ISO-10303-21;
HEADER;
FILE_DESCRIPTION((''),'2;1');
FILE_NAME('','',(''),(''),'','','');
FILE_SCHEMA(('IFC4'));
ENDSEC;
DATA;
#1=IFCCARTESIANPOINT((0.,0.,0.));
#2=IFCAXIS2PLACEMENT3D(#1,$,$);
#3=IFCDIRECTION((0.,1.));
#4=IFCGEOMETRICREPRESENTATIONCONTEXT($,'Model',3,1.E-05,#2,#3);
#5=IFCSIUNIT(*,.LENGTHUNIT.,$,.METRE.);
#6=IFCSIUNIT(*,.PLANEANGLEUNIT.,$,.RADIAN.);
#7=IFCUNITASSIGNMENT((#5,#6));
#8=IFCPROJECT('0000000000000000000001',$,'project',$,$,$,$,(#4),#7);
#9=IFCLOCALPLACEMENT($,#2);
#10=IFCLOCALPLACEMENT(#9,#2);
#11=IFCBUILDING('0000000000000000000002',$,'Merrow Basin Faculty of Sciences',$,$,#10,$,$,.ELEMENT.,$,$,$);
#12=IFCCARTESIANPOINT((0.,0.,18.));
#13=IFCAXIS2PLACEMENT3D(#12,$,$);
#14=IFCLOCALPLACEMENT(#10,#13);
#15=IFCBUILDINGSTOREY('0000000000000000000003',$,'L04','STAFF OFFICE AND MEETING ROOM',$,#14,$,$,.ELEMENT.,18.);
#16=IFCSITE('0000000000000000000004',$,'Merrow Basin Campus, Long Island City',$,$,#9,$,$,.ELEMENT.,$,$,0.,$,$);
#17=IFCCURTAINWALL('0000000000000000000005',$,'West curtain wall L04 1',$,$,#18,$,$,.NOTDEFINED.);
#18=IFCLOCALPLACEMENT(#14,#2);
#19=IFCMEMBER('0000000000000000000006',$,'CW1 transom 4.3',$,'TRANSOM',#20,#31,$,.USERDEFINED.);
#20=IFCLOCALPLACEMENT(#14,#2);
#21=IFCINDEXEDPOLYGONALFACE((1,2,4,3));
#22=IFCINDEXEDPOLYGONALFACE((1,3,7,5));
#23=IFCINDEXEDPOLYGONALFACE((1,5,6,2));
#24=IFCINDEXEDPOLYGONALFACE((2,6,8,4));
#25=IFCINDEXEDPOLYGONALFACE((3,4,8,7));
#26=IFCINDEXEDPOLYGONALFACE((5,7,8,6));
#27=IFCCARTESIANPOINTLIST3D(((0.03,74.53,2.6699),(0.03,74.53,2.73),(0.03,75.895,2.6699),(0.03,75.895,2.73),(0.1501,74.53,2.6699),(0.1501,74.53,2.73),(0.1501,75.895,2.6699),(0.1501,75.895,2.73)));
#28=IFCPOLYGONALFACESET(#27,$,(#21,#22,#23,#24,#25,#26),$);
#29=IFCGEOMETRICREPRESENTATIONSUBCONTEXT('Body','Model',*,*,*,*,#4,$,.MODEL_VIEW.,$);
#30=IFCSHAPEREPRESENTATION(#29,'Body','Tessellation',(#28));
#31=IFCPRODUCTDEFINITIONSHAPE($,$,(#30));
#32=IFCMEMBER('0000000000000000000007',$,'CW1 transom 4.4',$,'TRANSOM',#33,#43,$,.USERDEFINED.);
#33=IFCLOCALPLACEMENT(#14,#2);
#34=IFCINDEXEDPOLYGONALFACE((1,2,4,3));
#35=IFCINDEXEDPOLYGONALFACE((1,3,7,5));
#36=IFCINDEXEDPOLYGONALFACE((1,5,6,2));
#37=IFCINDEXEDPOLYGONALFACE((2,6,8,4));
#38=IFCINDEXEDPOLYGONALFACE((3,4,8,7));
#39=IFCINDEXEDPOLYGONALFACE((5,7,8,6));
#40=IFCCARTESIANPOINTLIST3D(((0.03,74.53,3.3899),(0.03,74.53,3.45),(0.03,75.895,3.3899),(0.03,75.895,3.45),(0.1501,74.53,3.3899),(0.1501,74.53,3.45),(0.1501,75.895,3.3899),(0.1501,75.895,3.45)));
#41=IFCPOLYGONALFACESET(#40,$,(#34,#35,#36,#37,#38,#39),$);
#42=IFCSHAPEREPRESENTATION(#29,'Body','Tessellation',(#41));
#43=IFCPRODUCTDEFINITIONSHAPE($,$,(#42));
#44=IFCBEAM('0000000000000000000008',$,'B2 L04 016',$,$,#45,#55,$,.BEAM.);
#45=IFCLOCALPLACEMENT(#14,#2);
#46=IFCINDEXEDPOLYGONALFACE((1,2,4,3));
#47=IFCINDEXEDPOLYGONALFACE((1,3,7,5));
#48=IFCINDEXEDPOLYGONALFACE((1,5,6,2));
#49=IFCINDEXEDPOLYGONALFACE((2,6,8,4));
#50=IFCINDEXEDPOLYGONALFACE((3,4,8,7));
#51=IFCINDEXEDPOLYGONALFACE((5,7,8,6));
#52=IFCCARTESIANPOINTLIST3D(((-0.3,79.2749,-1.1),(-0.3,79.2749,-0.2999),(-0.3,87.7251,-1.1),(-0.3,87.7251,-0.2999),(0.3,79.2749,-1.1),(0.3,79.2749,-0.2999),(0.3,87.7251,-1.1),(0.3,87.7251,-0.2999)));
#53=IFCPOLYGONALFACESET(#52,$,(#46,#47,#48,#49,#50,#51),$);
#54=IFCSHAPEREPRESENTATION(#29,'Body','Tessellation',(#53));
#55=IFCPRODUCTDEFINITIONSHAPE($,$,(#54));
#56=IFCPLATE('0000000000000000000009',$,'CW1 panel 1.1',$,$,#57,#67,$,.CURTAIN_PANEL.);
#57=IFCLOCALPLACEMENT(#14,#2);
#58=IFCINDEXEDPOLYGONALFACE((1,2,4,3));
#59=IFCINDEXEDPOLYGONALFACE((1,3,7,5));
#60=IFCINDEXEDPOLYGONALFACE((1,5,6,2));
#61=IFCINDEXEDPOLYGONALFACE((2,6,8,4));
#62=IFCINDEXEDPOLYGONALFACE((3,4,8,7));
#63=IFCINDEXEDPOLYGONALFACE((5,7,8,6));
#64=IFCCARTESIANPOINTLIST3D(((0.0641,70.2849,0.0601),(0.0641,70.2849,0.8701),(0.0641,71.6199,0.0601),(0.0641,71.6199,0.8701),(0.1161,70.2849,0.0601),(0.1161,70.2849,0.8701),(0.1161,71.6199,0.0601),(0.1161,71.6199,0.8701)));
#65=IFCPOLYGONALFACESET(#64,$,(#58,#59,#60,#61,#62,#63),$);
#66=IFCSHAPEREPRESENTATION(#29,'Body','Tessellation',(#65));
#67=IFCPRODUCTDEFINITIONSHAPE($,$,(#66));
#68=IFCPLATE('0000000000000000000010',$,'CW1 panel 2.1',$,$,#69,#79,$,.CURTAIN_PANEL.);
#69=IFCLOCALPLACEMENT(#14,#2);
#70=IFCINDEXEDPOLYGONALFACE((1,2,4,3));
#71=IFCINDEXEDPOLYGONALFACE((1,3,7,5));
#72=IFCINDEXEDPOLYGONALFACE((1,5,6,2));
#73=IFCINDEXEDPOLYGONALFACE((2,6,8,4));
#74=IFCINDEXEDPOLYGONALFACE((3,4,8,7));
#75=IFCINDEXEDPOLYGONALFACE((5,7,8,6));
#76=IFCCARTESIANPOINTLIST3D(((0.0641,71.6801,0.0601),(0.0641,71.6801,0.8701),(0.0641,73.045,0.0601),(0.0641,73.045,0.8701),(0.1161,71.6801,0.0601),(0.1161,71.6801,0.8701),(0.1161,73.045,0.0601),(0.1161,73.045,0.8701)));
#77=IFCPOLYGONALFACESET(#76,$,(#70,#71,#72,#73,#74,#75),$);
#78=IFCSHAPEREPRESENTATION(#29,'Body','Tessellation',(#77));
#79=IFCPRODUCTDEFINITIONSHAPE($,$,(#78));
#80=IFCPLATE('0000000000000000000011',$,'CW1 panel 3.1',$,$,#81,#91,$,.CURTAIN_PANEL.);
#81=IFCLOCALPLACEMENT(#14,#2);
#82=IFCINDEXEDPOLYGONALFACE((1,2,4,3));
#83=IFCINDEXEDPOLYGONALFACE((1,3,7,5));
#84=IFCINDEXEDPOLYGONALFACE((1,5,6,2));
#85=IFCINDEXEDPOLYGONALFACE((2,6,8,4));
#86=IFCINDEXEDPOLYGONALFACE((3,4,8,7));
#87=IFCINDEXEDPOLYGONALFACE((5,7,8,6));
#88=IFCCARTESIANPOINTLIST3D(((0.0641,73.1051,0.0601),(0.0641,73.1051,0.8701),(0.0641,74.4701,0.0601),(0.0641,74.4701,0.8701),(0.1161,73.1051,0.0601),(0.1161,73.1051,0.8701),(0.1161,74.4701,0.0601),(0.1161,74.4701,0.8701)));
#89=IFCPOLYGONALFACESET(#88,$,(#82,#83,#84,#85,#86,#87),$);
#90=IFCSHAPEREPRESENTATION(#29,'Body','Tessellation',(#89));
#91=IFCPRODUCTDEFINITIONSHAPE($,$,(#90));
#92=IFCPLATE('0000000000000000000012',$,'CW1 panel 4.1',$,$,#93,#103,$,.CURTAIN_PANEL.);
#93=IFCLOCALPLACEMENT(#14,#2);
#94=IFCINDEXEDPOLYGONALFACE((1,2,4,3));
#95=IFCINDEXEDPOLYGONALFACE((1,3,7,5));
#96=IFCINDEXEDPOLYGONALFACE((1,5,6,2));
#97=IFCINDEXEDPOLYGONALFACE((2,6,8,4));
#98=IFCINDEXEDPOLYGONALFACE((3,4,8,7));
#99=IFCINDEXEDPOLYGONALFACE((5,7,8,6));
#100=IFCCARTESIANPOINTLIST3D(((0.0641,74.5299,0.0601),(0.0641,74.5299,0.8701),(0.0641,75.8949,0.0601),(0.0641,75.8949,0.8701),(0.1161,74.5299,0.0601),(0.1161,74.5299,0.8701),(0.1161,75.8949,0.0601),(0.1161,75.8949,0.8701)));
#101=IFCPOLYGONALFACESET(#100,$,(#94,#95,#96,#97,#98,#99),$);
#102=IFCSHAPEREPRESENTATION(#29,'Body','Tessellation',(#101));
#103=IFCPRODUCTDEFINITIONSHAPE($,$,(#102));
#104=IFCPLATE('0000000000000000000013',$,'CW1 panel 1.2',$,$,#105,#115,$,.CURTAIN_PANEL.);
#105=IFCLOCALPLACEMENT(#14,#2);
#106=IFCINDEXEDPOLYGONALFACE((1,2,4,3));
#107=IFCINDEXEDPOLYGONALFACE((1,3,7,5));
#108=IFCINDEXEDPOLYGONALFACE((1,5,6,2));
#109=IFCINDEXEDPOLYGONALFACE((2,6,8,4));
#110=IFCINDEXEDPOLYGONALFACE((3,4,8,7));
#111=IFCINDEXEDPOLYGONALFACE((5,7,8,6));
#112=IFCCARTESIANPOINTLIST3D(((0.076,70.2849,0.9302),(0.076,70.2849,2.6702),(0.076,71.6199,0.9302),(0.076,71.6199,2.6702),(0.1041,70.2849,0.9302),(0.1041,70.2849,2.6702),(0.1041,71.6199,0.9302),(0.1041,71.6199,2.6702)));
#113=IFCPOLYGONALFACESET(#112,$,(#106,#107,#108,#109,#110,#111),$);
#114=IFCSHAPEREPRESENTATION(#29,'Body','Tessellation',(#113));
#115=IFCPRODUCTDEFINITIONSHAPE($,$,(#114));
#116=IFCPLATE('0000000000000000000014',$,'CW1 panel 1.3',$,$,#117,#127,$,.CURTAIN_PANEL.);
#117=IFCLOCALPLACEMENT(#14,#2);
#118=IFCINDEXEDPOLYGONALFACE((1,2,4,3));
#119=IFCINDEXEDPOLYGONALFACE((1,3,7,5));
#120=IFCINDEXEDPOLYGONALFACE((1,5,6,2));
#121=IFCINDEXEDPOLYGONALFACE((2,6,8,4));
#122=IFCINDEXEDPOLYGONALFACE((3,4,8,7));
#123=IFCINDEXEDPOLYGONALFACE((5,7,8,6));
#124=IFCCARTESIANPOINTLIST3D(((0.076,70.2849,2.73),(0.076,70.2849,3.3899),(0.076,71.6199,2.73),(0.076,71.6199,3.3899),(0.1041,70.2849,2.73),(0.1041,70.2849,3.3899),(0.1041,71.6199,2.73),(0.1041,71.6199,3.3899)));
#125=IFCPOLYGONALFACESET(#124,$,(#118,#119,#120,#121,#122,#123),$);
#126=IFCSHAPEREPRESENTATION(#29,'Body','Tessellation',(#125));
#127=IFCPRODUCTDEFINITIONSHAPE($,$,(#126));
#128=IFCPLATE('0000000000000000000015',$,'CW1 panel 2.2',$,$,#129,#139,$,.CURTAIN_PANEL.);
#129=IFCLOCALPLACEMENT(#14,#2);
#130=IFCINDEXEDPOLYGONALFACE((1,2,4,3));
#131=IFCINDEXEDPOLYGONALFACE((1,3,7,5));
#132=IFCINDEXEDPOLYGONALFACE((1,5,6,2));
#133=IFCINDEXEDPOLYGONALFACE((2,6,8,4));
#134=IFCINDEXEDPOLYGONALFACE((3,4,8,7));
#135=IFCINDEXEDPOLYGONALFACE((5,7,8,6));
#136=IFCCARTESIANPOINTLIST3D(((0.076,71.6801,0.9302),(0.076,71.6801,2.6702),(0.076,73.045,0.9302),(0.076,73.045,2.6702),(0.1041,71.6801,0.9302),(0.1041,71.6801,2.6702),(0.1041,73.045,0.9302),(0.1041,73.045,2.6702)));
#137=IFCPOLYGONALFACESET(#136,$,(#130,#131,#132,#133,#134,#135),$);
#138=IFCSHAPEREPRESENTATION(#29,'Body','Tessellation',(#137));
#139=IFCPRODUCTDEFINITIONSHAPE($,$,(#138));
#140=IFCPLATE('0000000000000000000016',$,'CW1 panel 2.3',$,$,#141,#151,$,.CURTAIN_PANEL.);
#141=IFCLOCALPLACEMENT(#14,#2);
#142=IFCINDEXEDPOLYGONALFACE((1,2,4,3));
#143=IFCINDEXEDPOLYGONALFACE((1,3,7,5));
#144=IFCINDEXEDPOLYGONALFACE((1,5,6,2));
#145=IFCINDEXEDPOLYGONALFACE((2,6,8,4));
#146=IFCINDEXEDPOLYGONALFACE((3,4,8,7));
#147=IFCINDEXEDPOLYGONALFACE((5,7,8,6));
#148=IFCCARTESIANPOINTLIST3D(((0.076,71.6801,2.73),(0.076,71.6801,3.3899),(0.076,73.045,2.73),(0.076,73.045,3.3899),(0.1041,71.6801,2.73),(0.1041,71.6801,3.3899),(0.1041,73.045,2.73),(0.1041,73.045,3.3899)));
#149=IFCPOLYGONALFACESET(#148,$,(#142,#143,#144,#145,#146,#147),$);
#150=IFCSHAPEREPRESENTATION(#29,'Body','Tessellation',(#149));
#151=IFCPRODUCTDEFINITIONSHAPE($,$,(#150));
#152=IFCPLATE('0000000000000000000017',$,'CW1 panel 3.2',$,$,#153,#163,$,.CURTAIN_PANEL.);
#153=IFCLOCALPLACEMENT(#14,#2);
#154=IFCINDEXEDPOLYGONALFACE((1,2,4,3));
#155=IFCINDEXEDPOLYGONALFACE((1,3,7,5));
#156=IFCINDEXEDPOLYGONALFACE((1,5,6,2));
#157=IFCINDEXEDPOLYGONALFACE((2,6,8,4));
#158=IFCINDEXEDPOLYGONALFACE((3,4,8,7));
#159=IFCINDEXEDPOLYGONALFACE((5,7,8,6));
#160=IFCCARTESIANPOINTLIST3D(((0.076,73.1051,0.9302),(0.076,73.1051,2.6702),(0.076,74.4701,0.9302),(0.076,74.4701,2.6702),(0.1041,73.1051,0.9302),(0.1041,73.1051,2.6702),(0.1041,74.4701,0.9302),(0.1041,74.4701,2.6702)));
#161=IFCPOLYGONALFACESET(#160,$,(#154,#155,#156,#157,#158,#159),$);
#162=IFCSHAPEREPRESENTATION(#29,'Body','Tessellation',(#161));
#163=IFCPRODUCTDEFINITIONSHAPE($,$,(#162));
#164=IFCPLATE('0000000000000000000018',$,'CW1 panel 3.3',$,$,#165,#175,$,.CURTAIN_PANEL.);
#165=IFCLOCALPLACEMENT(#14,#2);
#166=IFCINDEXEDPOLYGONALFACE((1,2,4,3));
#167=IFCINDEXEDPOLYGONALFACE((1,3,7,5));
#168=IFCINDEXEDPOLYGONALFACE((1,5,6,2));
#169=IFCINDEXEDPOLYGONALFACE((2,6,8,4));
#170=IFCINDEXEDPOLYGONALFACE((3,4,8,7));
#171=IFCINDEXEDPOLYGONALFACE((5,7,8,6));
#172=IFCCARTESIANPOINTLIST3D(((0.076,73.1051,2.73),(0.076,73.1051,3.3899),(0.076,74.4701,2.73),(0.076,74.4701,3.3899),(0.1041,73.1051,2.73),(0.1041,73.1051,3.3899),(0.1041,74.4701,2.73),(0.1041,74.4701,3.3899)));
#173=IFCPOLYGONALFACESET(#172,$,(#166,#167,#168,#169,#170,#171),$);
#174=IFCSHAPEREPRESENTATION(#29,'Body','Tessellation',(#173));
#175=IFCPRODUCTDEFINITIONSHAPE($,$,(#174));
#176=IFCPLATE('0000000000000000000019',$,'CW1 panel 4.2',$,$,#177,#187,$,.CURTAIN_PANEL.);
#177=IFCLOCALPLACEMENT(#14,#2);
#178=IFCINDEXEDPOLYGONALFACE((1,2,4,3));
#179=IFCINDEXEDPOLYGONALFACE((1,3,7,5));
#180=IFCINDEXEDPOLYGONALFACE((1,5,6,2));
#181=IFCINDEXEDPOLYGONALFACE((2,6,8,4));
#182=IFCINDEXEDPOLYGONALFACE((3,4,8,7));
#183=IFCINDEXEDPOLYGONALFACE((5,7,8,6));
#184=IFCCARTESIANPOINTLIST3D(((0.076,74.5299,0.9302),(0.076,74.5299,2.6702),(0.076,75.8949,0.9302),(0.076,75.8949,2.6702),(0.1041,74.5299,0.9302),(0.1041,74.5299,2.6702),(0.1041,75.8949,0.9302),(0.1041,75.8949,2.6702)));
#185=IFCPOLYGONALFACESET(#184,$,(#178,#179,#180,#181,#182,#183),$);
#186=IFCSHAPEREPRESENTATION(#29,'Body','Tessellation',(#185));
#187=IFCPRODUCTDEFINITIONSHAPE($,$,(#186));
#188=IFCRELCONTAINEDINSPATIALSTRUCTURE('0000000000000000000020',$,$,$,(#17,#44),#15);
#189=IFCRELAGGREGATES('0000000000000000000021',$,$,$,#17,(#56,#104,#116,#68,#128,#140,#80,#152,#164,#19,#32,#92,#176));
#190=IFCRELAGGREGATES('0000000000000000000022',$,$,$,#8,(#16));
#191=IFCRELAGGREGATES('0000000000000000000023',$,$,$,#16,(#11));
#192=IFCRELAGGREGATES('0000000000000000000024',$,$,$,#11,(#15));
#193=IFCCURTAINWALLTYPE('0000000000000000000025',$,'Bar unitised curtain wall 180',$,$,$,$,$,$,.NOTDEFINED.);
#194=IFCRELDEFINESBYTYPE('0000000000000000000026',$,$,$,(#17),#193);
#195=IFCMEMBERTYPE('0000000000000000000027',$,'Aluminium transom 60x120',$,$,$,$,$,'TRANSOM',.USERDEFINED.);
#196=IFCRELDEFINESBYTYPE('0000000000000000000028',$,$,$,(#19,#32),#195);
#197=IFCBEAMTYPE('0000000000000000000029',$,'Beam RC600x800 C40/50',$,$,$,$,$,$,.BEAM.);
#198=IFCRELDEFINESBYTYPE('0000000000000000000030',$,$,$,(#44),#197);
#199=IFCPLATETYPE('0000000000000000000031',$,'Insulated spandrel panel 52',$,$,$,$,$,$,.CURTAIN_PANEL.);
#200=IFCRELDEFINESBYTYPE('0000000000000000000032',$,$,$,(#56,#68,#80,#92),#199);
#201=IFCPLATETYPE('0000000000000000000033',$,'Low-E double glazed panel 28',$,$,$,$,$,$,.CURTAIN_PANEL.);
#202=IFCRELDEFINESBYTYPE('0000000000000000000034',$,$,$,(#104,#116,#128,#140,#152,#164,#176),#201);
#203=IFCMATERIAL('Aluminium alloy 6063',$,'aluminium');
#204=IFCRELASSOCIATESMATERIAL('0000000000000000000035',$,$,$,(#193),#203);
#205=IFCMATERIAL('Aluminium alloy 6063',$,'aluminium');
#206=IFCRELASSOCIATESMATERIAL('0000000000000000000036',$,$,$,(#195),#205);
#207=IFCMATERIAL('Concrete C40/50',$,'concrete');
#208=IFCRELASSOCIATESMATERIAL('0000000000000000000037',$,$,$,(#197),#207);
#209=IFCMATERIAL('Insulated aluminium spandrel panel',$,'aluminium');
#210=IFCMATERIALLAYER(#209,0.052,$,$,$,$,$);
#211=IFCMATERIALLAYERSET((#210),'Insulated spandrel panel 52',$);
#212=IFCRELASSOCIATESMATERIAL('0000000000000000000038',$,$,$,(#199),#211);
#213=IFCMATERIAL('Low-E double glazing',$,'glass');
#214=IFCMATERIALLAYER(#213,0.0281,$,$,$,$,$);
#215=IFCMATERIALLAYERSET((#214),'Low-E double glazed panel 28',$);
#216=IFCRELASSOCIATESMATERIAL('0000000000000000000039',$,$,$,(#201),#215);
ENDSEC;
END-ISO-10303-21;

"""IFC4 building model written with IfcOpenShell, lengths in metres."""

from ifc_helpers import new_model, si_unit, direction, frame, origin, origin_2d, place, context, subcontext, project, spatial, rectangle, extrude, material, layer, layer_set, material_profile, profile_set, type_object, element, aggregate, save


model = new_model("IFC4")

# Units and contexts
model_context = context("Model", 3, precision=1e-05, world=origin(), true_north=direction((0.0, 1.0)))
body_context = subcontext(model_context, "Body", "Model", "MODEL_VIEW")
ifc_project = project(units=[si_unit("LENGTHUNIT", "METRE"), si_unit("PLANEANGLEUNIT", "RADIAN")], contexts=[model_context])

# Site, building, storey
site_placement = place(None, origin())
site = spatial("IfcSite", under=ifc_project, at=site_placement, Name="Merrow Basin Campus, Long Island City", CompositionType="ELEMENT", RefElevation=0.0)
building_placement = place(site_placement, origin())
building = spatial("IfcBuilding", under=site, at=building_placement, Name="Merrow Basin Faculty of Sciences", CompositionType="ELEMENT")
storey_placement = place(building_placement, frame((0.0, 0.0, 18.0)))
storey = spatial("IfcBuildingStorey", under=building, at=storey_placement, Name="L04", Description="STAFF OFFICE AND MEETING ROOM", CompositionType="ELEMENT", Elevation=18.0)

# Curtain wall, members
ifc_material_1 = material(Name="Aluminium alloy 6063", Category="aluminium")
curtain_wall_type = type_object("IfcCurtainWallType", Name="Bar unitised curtain wall 180", PredefinedType="NOTDEFINED", material=ifc_material_1)
curtain_wall_placement = place(storey_placement, origin())
curtain_wall = element("IfcCurtainWall", 1, at=curtain_wall_placement, inside=storey, type_object=curtain_wall_type, Name="West curtain wall L04 1", PredefinedType="NOTDEFINED")
ifc_material_2 = material(Name="Aluminium alloy 6063", Category="aluminium")
ifc_material_profile_1 = material_profile(ifc_material_2, rectangle(XDim=0.1201, YDim=0.0601, at=origin_2d()))
ifc_profile_set_1 = profile_set([ifc_material_profile_1], Name="Aluminium alloy 6063")
member_type_1 = type_object("IfcMemberType", Name="Aluminium transom 60x120", ElementType="TRANSOM", PredefinedType="USERDEFINED", material=ifc_profile_set_1)
member_1_placement = place(storey_placement, frame((0.0901, 74.53, 2.7), z_axis=(0.0, 1.0, 0.0), x_axis=(-1.0, 0.0, 0.0)))
member_1 = element("IfcMember", 2, at=member_1_placement, type_object=member_type_1, Name="CW1 transom 4.3", ObjectType="TRANSOM", PredefinedType="USERDEFINED", context=body_context, shape_type="SweptSolid", body=[
    extrude(rectangle(XDim=0.1201, YDim=0.0601, at=origin_2d()), origin(), (0.0, 0.0, 1.0), 1.365),
])
member_2_placement = place(storey_placement, frame((0.0901, 74.53, 3.4199), z_axis=(0.0, 1.0, 0.0), x_axis=(-1.0, 0.0, 0.0)))
member_2 = element("IfcMember", 3, at=member_2_placement, type_object=member_type_1, Name="CW1 transom 4.4", ObjectType="TRANSOM", PredefinedType="USERDEFINED", context=body_context, shape_type="SweptSolid", body=[
    extrude(rectangle(XDim=0.1201, YDim=0.0601, at=origin_2d()), origin(), (0.0, 0.0, 1.0), 1.365),
])

# Beam
ifc_material_3 = material(Name="Concrete C40/50", Category="concrete")
ifc_material_profile_2 = material_profile(ifc_material_3, rectangle(XDim=0.6001, YDim=0.8, at=origin_2d()))
ifc_profile_set_2 = profile_set([ifc_material_profile_2], Name="Concrete C40/50")
beam_type = type_object("IfcBeamType", Name="Beam RC600x800 C40/50", PredefinedType="BEAM", material=ifc_profile_set_2)
beam_placement = place(storey_placement, frame((0.0, 79.2749, -0.7), z_axis=(0.0, 1.0, 0.0), x_axis=(-1.0, 0.0, 0.0)))
element("IfcBeam", 4, at=beam_placement, inside=storey, type_object=beam_type, Name="B2 L04 016", PredefinedType="BEAM", context=body_context, shape_type="SweptSolid", body=[
    extrude(rectangle(XDim=0.6001, YDim=0.8, at=origin_2d()), origin(), (0.0, 0.0, 1.0), 8.4502),
])

# Plates
ifc_material_4 = material(Name="Insulated aluminium spandrel panel", Category="aluminium")
ifc_layer_1 = layer(ifc_material_4, 0.052)
ifc_layer_set_1 = layer_set([ifc_layer_1], Name="Insulated spandrel panel 52")
plate_type_1 = type_object("IfcPlateType", Name="Insulated spandrel panel 52", PredefinedType="CURTAIN_PANEL", material=ifc_layer_set_1)
plate_1_placement = place(storey_placement, frame((0.0901, 70.9524, 0.0601), z_axis=(0.0, 0.0, 1.0), x_axis=(0.0, 1.0, 0.0)))
plate_1 = element("IfcPlate", 5, at=plate_1_placement, type_object=plate_type_1, Name="CW1 panel 1.1", PredefinedType="CURTAIN_PANEL", context=body_context, shape_type="SweptSolid", body=[
    extrude(rectangle(XDim=1.335, YDim=0.052, at=origin_2d()), origin(), (0.0, 0.0, 1.0), 0.8101),
])
plate_2_placement = place(storey_placement, frame((0.0901, 72.3625, 0.0601), z_axis=(0.0, 0.0, 1.0), x_axis=(0.0, 1.0, 0.0)))
plate_2 = element("IfcPlate", 6, at=plate_2_placement, type_object=plate_type_1, Name="CW1 panel 2.1", PredefinedType="CURTAIN_PANEL", context=body_context, shape_type="SweptSolid", body=[
    extrude(rectangle(XDim=1.365, YDim=0.052, at=origin_2d()), origin(), (0.0, 0.0, 1.0), 0.8101),
])
plate_3_placement = place(storey_placement, frame((0.0901, 73.7876, 0.0601), z_axis=(0.0, 0.0, 1.0), x_axis=(0.0, 1.0, 0.0)))
plate_3 = element("IfcPlate", 7, at=plate_3_placement, type_object=plate_type_1, Name="CW1 panel 3.1", PredefinedType="CURTAIN_PANEL", context=body_context, shape_type="SweptSolid", body=[
    extrude(rectangle(XDim=1.365, YDim=0.052, at=origin_2d()), origin(), (0.0, 0.0, 1.0), 0.8101),
])
plate_4_placement = place(storey_placement, frame((0.0901, 75.2124, 0.0601), z_axis=(0.0, 0.0, 1.0), x_axis=(0.0, 1.0, 0.0)))
plate_4 = element("IfcPlate", 8, at=plate_4_placement, type_object=plate_type_1, Name="CW1 panel 4.1", PredefinedType="CURTAIN_PANEL", context=body_context, shape_type="SweptSolid", body=[
    extrude(rectangle(XDim=1.365, YDim=0.052, at=origin_2d()), origin(), (0.0, 0.0, 1.0), 0.8101),
])
ifc_material_5 = material(Name="Low-E double glazing", Category="glass")
ifc_layer_2 = layer(ifc_material_5, 0.0281)
ifc_layer_set_2 = layer_set([ifc_layer_2], Name="Low-E double glazed panel 28")
plate_type_2 = type_object("IfcPlateType", Name="Low-E double glazed panel 28", PredefinedType="CURTAIN_PANEL", material=ifc_layer_set_2)
plate_5_placement = place(storey_placement, frame((0.0901, 70.9524, 0.9302), z_axis=(0.0, 0.0, 1.0), x_axis=(0.0, 1.0, 0.0)))
plate_5 = element("IfcPlate", 9, at=plate_5_placement, type_object=plate_type_2, Name="CW1 panel 1.2", PredefinedType="CURTAIN_PANEL", context=body_context, shape_type="SweptSolid", body=[
    extrude(rectangle(XDim=1.335, YDim=0.0281, at=origin_2d()), origin(), (0.0, 0.0, 1.0), 1.74),
])
plate_6_placement = place(storey_placement, frame((0.0901, 70.9524, 2.73), z_axis=(0.0, 0.0, 1.0), x_axis=(0.0, 1.0, 0.0)))
plate_6 = element("IfcPlate", 10, at=plate_6_placement, type_object=plate_type_2, Name="CW1 panel 1.3", PredefinedType="CURTAIN_PANEL", context=body_context, shape_type="SweptSolid", body=[
    extrude(rectangle(XDim=1.335, YDim=0.0281, at=origin_2d()), origin(), (0.0, 0.0, 1.0), 0.6599),
])
plate_7_placement = place(storey_placement, frame((0.0901, 72.3625, 0.9302), z_axis=(0.0, 0.0, 1.0), x_axis=(0.0, 1.0, 0.0)))
plate_7 = element("IfcPlate", 11, at=plate_7_placement, type_object=plate_type_2, Name="CW1 panel 2.2", PredefinedType="CURTAIN_PANEL", context=body_context, shape_type="SweptSolid", body=[
    extrude(rectangle(XDim=1.365, YDim=0.0281, at=origin_2d()), origin(), (0.0, 0.0, 1.0), 1.74),
])
plate_8_placement = place(storey_placement, frame((0.0901, 72.3625, 2.73), z_axis=(0.0, 0.0, 1.0), x_axis=(0.0, 1.0, 0.0)))
plate_8 = element("IfcPlate", 12, at=plate_8_placement, type_object=plate_type_2, Name="CW1 panel 2.3", PredefinedType="CURTAIN_PANEL", context=body_context, shape_type="SweptSolid", body=[
    extrude(rectangle(XDim=1.365, YDim=0.0281, at=origin_2d()), origin(), (0.0, 0.0, 1.0), 0.6599),
])
plate_9_placement = place(storey_placement, frame((0.0901, 73.7876, 0.9302), z_axis=(0.0, 0.0, 1.0), x_axis=(0.0, 1.0, 0.0)))
plate_9 = element("IfcPlate", 13, at=plate_9_placement, type_object=plate_type_2, Name="CW1 panel 3.2", PredefinedType="CURTAIN_PANEL", context=body_context, shape_type="SweptSolid", body=[
    extrude(rectangle(XDim=1.365, YDim=0.0281, at=origin_2d()), origin(), (0.0, 0.0, 1.0), 1.74),
])
plate_10_placement = place(storey_placement, frame((0.0901, 73.7876, 2.73), z_axis=(0.0, 0.0, 1.0), x_axis=(0.0, 1.0, 0.0)))
plate_10 = element("IfcPlate", 14, at=plate_10_placement, type_object=plate_type_2, Name="CW1 panel 3.3", PredefinedType="CURTAIN_PANEL", context=body_context, shape_type="SweptSolid", body=[
    extrude(rectangle(XDim=1.365, YDim=0.0281, at=origin_2d()), origin(), (0.0, 0.0, 1.0), 0.6599),
])
plate_11_placement = place(storey_placement, frame((0.0901, 75.2124, 0.9302), z_axis=(0.0, 0.0, 1.0), x_axis=(0.0, 1.0, 0.0)))
plate_11 = element("IfcPlate", 15, at=plate_11_placement, type_object=plate_type_2, Name="CW1 panel 4.2", PredefinedType="CURTAIN_PANEL", context=body_context, shape_type="SweptSolid", body=[
    extrude(rectangle(XDim=1.365, YDim=0.0281, at=origin_2d()), origin(), (0.0, 0.0, 1.0), 1.74),
])
aggregate(curtain_wall, [plate_1, plate_5, plate_6, plate_2, plate_7, plate_8, plate_3, plate_9, plate_10, member_1, member_2, plate_4, plate_11])

save(model, "model.ifc")
